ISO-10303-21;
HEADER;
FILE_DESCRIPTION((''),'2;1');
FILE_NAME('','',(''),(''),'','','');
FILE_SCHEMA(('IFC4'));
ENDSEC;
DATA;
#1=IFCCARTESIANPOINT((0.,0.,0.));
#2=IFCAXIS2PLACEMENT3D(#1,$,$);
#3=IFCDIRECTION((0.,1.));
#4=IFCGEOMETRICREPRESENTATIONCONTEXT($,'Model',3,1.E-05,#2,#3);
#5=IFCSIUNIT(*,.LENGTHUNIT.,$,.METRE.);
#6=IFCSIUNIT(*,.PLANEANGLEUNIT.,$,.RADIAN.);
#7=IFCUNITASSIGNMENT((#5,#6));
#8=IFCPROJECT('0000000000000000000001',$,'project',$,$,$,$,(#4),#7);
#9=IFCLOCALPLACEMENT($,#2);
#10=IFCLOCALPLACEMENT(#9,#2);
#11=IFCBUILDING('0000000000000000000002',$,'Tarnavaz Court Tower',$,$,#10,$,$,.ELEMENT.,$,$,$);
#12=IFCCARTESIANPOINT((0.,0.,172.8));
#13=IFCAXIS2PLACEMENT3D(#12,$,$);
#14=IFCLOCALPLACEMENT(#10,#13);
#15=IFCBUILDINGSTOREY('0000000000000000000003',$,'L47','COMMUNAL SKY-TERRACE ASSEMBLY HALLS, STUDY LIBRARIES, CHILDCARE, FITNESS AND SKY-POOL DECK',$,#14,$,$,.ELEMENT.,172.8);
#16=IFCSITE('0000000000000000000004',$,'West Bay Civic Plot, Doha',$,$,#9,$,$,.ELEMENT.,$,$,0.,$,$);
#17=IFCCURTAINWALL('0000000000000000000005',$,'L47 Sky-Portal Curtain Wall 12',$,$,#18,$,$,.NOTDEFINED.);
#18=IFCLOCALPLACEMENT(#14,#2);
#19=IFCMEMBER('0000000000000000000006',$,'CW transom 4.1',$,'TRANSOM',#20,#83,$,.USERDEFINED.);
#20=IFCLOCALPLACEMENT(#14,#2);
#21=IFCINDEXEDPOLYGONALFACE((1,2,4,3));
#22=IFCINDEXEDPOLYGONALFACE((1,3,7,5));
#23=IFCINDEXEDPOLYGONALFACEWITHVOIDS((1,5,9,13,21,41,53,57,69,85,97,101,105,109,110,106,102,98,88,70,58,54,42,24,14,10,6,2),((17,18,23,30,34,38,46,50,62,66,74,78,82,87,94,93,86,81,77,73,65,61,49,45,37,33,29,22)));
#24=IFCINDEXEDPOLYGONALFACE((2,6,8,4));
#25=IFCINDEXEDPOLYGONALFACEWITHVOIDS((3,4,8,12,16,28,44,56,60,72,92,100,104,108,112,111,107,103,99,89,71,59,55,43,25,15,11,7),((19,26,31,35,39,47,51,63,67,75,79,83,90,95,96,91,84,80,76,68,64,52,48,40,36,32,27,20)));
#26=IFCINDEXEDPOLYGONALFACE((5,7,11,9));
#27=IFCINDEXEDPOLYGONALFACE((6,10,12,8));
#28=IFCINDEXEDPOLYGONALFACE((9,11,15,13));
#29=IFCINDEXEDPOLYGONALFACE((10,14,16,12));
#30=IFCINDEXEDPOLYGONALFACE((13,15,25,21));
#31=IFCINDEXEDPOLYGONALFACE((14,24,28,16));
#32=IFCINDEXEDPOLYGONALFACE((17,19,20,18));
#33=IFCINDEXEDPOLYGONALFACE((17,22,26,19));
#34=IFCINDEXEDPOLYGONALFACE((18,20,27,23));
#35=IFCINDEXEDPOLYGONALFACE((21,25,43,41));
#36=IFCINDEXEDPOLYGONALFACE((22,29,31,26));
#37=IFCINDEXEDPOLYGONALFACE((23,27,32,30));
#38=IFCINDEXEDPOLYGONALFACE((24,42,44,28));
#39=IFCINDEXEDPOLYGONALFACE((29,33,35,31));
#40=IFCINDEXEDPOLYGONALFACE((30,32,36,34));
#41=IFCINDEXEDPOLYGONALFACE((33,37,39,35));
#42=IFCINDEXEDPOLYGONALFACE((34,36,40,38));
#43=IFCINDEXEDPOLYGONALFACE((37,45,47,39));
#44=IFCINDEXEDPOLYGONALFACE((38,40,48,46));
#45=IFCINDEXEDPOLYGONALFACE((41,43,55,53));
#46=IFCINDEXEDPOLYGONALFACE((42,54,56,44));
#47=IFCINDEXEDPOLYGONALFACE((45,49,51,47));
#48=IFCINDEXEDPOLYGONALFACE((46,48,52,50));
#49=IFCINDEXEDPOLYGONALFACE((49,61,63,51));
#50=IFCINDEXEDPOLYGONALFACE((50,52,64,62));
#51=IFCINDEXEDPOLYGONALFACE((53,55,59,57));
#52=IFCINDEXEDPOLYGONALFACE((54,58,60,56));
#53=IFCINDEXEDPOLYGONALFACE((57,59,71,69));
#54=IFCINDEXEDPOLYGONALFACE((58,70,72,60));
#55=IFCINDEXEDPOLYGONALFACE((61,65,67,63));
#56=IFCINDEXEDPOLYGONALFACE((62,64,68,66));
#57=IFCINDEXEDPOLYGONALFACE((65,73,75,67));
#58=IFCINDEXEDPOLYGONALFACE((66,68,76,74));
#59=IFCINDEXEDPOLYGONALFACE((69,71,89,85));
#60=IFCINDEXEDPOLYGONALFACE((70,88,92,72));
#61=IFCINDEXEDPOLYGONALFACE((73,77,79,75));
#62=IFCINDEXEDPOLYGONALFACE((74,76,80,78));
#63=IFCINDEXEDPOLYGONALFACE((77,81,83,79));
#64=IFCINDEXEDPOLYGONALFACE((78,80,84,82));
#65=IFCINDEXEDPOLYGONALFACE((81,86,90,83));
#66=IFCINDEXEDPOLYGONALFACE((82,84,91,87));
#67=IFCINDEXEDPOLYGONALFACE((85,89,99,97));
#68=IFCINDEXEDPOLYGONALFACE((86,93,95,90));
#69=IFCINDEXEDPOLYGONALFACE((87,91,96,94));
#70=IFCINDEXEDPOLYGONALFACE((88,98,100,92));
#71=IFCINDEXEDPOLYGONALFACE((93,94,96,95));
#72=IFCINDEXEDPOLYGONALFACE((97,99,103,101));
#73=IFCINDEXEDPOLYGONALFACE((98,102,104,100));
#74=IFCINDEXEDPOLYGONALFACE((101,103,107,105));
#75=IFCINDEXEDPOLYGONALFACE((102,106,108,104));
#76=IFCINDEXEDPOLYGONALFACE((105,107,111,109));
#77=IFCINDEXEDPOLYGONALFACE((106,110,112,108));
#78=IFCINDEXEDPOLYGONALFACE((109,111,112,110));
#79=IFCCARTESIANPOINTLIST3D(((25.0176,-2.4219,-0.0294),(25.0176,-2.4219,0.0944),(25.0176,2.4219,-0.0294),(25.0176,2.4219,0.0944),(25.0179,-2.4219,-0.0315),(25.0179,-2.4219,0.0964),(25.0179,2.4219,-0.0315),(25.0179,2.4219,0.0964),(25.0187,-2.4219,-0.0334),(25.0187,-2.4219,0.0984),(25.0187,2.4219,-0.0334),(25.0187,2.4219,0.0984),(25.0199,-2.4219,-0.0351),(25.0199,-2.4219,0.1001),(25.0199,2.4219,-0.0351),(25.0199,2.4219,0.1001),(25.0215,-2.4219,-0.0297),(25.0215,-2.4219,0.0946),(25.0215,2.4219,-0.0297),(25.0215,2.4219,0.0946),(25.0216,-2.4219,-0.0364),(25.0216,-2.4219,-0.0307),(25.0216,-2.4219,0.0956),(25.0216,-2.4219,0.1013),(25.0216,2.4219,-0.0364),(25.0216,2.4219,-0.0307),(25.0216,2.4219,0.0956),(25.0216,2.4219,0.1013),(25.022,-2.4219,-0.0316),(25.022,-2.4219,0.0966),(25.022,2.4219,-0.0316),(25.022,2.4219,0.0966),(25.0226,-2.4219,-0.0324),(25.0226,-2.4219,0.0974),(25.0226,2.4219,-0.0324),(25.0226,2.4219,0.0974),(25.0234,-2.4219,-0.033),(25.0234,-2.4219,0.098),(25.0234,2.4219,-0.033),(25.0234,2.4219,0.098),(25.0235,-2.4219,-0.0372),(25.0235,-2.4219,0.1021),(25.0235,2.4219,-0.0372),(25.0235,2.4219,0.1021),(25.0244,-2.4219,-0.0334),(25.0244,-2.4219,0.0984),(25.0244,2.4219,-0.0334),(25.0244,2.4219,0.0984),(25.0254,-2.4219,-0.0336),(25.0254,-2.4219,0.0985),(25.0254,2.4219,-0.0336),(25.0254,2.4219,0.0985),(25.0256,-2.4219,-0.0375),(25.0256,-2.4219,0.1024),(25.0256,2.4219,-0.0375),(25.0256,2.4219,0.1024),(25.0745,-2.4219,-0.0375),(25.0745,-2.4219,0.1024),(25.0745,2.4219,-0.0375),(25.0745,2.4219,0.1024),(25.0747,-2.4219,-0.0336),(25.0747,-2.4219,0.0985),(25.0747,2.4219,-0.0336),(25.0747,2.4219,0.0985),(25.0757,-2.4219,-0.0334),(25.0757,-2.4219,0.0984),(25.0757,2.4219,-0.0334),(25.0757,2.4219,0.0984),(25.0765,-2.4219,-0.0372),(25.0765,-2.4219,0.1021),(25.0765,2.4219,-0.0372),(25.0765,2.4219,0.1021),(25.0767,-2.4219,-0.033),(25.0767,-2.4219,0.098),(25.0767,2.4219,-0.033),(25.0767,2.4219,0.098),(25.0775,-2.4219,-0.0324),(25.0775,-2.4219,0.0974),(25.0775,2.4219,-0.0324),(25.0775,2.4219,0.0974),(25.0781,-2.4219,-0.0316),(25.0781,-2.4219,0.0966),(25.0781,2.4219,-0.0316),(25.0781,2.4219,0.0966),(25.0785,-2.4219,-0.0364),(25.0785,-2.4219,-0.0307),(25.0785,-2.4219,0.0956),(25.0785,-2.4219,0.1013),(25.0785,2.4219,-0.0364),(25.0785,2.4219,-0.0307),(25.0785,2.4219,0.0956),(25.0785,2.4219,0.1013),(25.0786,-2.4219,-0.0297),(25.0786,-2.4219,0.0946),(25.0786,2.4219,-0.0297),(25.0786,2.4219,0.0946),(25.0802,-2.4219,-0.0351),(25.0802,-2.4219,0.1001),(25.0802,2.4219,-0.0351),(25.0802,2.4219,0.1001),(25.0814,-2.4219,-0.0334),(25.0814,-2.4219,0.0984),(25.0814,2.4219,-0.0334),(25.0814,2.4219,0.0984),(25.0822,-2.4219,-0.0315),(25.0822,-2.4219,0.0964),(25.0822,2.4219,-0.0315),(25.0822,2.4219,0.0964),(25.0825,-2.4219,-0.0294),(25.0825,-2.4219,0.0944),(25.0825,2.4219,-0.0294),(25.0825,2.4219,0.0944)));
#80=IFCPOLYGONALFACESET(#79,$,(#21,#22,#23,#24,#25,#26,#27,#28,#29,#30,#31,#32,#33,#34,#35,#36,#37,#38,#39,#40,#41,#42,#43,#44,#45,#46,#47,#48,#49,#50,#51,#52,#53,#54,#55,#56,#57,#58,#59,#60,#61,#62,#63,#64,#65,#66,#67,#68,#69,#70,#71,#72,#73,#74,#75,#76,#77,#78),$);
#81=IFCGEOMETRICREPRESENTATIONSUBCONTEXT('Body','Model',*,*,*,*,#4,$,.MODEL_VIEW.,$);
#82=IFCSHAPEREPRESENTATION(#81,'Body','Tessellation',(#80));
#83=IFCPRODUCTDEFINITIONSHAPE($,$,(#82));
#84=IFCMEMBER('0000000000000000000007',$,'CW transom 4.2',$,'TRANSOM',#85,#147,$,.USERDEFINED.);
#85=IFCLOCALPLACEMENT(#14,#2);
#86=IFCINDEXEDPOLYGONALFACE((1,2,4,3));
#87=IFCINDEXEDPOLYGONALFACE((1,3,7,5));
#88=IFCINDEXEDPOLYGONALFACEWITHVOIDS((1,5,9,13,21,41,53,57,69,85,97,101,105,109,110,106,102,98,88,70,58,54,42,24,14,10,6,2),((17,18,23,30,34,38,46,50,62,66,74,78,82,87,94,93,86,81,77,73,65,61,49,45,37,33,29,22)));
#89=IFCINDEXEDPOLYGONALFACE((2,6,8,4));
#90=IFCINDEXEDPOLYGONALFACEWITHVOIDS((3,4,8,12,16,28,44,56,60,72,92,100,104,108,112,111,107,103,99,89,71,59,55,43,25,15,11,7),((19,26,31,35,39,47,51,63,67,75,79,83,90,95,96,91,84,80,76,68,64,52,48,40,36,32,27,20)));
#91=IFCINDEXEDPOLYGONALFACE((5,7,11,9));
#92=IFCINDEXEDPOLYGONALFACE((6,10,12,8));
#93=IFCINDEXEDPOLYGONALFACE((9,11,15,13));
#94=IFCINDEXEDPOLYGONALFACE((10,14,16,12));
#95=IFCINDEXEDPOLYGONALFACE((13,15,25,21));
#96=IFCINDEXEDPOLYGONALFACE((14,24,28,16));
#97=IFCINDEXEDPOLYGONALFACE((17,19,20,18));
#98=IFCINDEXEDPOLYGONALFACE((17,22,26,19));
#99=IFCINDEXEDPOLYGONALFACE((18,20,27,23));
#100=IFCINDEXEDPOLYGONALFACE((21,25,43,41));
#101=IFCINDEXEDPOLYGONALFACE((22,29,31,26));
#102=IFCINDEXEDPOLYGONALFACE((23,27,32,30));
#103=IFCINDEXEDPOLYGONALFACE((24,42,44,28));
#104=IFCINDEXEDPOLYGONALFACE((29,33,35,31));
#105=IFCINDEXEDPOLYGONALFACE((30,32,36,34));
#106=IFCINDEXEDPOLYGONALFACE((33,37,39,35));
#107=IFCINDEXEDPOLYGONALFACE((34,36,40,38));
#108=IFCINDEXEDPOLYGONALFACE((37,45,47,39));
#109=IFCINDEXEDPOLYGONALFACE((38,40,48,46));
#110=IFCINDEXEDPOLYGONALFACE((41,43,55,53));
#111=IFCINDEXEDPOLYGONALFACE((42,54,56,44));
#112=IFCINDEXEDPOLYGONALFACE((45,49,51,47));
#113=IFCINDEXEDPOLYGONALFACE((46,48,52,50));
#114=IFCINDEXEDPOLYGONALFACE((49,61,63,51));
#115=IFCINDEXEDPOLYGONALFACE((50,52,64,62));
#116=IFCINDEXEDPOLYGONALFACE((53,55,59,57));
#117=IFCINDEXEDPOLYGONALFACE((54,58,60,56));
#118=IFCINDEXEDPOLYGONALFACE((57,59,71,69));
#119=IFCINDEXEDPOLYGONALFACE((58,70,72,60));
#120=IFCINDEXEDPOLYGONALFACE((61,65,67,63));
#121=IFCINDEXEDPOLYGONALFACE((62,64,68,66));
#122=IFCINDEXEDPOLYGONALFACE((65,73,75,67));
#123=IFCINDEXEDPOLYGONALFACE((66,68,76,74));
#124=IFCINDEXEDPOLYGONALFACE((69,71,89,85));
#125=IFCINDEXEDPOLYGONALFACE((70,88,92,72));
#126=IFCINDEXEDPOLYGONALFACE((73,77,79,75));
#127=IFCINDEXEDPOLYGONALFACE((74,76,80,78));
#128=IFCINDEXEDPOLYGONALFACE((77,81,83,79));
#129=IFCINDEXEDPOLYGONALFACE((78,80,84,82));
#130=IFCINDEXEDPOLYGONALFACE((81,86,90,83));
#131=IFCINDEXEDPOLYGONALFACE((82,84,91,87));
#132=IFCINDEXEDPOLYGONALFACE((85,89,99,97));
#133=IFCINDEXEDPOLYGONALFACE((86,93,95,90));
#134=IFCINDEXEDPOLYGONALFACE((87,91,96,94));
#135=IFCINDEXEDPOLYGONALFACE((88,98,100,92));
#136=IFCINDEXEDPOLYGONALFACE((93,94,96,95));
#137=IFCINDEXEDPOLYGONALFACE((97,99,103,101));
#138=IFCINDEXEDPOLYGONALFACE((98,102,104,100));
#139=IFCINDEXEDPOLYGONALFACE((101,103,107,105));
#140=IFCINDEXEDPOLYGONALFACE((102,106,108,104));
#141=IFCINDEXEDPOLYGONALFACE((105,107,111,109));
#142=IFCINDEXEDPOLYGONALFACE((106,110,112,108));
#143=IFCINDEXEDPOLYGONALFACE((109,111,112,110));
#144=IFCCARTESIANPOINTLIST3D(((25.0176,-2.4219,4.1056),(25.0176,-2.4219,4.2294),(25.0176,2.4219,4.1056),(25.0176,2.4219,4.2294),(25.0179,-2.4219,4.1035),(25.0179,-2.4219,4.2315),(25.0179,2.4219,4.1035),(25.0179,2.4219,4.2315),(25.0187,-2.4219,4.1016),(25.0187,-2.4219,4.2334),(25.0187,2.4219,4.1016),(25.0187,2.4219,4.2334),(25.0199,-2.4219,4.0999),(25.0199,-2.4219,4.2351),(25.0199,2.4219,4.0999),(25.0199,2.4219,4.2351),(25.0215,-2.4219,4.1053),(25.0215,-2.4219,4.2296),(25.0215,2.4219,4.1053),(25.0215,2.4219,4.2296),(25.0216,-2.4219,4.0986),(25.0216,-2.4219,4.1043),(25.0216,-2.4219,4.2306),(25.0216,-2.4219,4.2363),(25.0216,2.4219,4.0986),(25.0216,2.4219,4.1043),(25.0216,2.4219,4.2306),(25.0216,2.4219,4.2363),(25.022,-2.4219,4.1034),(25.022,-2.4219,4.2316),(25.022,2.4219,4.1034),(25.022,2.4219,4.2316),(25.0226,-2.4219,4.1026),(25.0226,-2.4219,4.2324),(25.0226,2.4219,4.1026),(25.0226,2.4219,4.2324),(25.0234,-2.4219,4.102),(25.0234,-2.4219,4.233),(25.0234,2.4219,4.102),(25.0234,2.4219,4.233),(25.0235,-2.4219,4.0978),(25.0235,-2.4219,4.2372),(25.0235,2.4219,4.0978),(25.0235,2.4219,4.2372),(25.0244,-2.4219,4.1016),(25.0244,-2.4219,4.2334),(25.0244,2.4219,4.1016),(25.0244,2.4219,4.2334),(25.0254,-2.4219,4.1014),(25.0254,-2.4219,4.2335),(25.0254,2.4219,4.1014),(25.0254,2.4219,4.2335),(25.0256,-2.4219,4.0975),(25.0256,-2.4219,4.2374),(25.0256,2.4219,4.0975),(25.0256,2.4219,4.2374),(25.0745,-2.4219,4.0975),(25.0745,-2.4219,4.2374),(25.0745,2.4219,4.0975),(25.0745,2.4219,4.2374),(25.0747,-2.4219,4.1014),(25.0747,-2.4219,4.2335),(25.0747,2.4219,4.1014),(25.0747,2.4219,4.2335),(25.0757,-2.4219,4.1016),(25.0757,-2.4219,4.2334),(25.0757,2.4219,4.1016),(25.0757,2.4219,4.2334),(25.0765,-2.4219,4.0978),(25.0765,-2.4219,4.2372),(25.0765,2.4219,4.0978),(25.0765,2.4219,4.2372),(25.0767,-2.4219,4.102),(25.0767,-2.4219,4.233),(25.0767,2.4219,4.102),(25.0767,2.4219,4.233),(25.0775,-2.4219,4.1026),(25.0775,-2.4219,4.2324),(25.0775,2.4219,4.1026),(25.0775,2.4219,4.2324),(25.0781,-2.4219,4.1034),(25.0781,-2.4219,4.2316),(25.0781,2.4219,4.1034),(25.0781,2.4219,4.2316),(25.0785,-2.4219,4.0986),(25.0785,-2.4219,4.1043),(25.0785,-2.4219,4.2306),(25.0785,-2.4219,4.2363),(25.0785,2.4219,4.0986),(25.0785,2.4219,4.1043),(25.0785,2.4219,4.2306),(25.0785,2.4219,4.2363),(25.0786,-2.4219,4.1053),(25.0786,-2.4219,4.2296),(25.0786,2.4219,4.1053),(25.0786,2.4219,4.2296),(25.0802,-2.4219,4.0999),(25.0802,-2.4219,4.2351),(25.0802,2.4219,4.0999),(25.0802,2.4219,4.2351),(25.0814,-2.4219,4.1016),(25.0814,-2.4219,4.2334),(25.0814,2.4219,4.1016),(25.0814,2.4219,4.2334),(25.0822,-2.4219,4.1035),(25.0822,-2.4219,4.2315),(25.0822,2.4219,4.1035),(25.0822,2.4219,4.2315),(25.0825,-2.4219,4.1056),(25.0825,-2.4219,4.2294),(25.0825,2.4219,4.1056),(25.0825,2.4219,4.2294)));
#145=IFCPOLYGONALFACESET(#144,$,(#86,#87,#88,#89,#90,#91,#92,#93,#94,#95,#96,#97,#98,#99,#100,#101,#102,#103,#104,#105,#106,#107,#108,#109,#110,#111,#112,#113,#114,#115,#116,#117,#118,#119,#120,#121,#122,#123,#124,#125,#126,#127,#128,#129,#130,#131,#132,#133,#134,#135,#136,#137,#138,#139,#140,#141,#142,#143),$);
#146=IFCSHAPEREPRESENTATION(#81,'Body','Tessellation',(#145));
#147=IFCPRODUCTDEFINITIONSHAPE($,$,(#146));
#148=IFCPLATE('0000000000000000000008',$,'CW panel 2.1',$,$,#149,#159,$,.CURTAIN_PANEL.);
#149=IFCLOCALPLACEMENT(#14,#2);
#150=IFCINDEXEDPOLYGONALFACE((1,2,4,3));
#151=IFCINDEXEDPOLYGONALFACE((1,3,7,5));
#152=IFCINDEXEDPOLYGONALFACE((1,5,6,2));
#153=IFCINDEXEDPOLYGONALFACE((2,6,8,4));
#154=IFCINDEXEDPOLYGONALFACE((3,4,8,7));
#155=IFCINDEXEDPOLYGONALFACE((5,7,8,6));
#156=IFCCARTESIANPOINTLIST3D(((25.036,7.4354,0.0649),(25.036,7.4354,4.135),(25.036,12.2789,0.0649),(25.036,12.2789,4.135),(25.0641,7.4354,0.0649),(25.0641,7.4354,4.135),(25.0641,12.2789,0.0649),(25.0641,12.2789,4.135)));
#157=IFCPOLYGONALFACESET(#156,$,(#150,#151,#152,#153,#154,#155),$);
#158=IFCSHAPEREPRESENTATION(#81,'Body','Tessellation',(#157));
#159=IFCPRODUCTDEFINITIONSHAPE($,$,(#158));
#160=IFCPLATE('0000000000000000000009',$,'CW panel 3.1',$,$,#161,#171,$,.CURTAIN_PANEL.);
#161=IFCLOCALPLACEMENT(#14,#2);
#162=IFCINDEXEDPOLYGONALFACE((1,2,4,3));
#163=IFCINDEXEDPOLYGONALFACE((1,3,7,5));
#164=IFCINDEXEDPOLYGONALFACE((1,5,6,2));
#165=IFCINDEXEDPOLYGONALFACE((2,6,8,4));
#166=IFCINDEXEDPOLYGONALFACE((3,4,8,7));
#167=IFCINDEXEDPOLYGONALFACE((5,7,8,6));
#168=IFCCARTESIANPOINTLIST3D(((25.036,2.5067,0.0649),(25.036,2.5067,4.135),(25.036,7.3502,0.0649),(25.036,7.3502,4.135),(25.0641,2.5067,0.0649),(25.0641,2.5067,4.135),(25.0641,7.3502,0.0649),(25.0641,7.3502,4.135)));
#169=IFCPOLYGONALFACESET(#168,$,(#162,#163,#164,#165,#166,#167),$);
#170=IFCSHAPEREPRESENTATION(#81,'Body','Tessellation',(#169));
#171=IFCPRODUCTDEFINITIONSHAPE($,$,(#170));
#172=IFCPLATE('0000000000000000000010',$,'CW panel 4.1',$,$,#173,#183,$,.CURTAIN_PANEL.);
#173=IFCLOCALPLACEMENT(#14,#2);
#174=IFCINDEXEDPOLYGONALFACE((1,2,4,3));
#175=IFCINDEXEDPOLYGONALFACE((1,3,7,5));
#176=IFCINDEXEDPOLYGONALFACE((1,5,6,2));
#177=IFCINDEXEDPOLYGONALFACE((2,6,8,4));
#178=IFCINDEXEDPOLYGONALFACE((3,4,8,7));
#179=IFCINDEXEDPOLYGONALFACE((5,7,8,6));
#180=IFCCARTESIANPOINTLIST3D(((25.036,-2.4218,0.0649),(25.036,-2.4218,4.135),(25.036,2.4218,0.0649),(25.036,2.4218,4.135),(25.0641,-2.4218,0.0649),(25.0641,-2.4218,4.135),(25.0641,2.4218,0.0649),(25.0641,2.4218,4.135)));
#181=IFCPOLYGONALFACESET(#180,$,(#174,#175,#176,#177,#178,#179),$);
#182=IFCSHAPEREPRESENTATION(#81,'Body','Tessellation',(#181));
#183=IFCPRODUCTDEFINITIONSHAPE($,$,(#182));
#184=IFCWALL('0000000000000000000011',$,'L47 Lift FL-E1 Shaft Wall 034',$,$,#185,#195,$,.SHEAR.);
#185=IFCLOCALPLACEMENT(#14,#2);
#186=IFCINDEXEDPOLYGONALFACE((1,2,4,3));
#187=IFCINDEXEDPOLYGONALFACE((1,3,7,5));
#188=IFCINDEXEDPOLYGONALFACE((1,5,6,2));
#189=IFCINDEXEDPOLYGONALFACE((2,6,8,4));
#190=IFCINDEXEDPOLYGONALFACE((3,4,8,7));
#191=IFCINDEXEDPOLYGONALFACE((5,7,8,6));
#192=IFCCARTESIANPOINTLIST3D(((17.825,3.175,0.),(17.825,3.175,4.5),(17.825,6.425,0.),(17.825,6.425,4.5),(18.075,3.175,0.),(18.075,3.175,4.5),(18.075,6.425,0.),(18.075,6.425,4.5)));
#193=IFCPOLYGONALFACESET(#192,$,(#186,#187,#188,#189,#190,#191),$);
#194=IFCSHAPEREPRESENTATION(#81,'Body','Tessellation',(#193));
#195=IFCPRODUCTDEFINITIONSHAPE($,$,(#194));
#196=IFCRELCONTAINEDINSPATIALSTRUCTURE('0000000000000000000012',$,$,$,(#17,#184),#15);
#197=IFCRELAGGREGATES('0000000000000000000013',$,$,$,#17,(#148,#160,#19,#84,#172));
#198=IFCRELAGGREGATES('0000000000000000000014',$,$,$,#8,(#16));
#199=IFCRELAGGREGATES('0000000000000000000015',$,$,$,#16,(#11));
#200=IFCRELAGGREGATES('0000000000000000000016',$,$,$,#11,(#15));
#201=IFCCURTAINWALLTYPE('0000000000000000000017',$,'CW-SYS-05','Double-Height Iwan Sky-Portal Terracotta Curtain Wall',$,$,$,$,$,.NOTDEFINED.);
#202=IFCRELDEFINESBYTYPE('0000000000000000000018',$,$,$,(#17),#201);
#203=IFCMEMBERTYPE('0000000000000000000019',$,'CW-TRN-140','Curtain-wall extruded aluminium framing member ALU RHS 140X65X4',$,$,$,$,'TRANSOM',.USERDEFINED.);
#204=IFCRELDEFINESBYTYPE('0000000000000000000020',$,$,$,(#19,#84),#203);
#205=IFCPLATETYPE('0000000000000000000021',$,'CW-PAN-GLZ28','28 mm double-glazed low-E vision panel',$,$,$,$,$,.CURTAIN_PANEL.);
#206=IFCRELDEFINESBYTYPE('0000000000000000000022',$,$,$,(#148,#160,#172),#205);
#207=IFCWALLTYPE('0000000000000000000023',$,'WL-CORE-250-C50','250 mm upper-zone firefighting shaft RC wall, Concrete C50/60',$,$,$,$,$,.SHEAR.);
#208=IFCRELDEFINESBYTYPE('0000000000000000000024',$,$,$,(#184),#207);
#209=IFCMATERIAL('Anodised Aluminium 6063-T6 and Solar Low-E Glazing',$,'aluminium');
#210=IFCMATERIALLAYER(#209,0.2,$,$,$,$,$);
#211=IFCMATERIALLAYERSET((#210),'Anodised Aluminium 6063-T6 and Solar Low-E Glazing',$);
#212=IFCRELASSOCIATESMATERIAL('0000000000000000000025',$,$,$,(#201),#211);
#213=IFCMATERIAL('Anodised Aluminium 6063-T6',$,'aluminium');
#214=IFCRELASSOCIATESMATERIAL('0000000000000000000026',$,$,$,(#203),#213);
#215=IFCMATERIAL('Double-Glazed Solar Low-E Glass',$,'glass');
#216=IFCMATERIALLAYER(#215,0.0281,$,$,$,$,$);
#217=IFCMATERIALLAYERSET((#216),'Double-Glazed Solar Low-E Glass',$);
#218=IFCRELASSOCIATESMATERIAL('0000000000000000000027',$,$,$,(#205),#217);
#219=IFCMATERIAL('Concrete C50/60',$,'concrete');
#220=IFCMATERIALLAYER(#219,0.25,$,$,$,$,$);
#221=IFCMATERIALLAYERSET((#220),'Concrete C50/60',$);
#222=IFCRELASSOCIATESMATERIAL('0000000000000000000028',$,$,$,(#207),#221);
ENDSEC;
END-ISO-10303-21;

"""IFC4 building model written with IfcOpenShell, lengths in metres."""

from ifc_helpers import new_model, si_unit, direction, frame, frame_2d, origin, origin_2d, place, context, subcontext, project, spatial, rectangle, hollow_rectangle, extrude, material, layer, layer_set, material_profile, profile_set, type_object, element, aggregate, save


model = new_model("IFC4")

# Units and contexts
model_context = context("Model", 3, precision=1e-05, world=origin(), true_north=direction((0.0, 1.0)))
body_context = subcontext(model_context, "Body", "Model", "MODEL_VIEW")
ifc_project = project(units=[si_unit("LENGTHUNIT", "METRE"), si_unit("PLANEANGLEUNIT", "RADIAN")], contexts=[model_context])

# Site, building, storey
site_placement = place(None, origin())
site = spatial("IfcSite", under=ifc_project, at=site_placement, Name="West Bay Civic Plot, Doha", CompositionType="ELEMENT", RefElevation=0.0)
building_placement = place(site_placement, origin())
building = spatial("IfcBuilding", under=site, at=building_placement, Name="Tarnavaz Court Tower", CompositionType="ELEMENT")
storey_placement = place(building_placement, frame((0.0, 0.0, 172.8)))
storey = spatial("IfcBuildingStorey", under=building, at=storey_placement, Name="L47", Description="COMMUNAL SKY-TERRACE ASSEMBLY HALLS, STUDY LIBRARIES, CHILDCARE, FITNESS AND SKY-POOL DECK", CompositionType="ELEMENT", Elevation=172.8)

# Shared definitions
ifc_material_1 = material(Name="Concrete C50/60", Category="concrete")

# Curtain wall, members, plates
ifc_material_2 = material(Name="Anodised Aluminium 6063-T6 and Solar Low-E Glazing", Category="aluminium")
ifc_layer_1 = layer(ifc_material_2, 0.2)
ifc_layer_set_1 = layer_set([ifc_layer_1], Name="Anodised Aluminium 6063-T6 and Solar Low-E Glazing")
curtain_wall_type = type_object("IfcCurtainWallType", Name="CW-SYS-05", Description="Double-Height Iwan Sky-Portal Terracotta Curtain Wall", PredefinedType="NOTDEFINED", material=ifc_layer_set_1)
curtain_wall_placement = place(storey_placement, origin())
curtain_wall = element("IfcCurtainWall", 1, at=curtain_wall_placement, inside=storey, type_object=curtain_wall_type, Name="L47 Sky-Portal Curtain Wall 12", PredefinedType="NOTDEFINED")
ifc_material_3 = material(Name="Anodised Aluminium 6063-T6", Category="aluminium")
ifc_material_profile_1 = material_profile(ifc_material_3, hollow_rectangle(XDim=0.0649, YDim=0.1399, WallThickness=0.0039, InnerFilletRadius=0.0039, OuterFilletRadius=0.0081, at=origin_2d()), Name="ALU RHS 140X65X4")
ifc_profile_set_1 = profile_set([ifc_material_profile_1], Name="Anodised Aluminium 6063-T6")
member_type_1 = type_object("IfcMemberType", Name="CW-TRN-140", Description="Curtain-wall extruded aluminium framing member ALU RHS 140X65X4", ElementType="TRANSOM", PredefinedType="USERDEFINED", material=ifc_profile_set_1)
member_1_placement = place(storey_placement, frame((25.05, 2.4219, 0.0325), z_axis=(0.0, -1.0, 0.0), x_axis=(1.0, 0.0, 0.0)))
member_1 = element("IfcMember", 2, at=member_1_placement, type_object=member_type_1, Name="CW transom 4.1", ObjectType="TRANSOM", PredefinedType="USERDEFINED", context=body_context, shape_type="SweptSolid", body=[
    extrude(hollow_rectangle(XDim=0.0649, YDim=0.1399, WallThickness=0.0039, InnerFilletRadius=0.0039, OuterFilletRadius=0.0081, at=origin_2d()), origin(), (0.0, 0.0, 1.0), 4.8438),
])
member_2_placement = place(storey_placement, frame((25.05, 2.4219, 4.1675), z_axis=(0.0, -1.0, 0.0), x_axis=(1.0, 0.0, 0.0)))
member_2 = element("IfcMember", 3, at=member_2_placement, type_object=member_type_1, Name="CW transom 4.2", ObjectType="TRANSOM", PredefinedType="USERDEFINED", context=body_context, shape_type="SweptSolid", body=[
    extrude(hollow_rectangle(XDim=0.0649, YDim=0.1399, WallThickness=0.0039, InnerFilletRadius=0.0039, OuterFilletRadius=0.0081, at=origin_2d()), origin(), (0.0, 0.0, 1.0), 4.8438),
])
ifc_material_4 = material(Name="Double-Glazed Solar Low-E Glass", Category="glass")
ifc_layer_2 = layer(ifc_material_4, 0.0281)
ifc_layer_set_2 = layer_set([ifc_layer_2], Name="Double-Glazed Solar Low-E Glass")
plate_type = type_object("IfcPlateType", Name="CW-PAN-GLZ28", Description="28 mm double-glazed low-E vision panel", PredefinedType="CURTAIN_PANEL", material=ifc_layer_set_2)
plate_1_placement = place(storey_placement, frame((25.05, 9.8572, 0.0649), z_axis=(0.0, 0.0, 1.0), x_axis=(0.0, -1.0, 0.0)))
plate_1 = element("IfcPlate", 4, at=plate_1_placement, type_object=plate_type, Name="CW panel 2.1", PredefinedType="CURTAIN_PANEL", context=body_context, shape_type="SweptSolid", body=[
    extrude(rectangle(XDim=4.8435, YDim=0.0281, at=origin_2d()), origin(), (0.0, 0.0, 1.0), 4.0701),
])
plate_2_placement = place(storey_placement, frame((25.05, 4.9285, 0.0649), z_axis=(0.0, 0.0, 1.0), x_axis=(0.0, -1.0, 0.0)))
plate_2 = element("IfcPlate", 5, at=plate_2_placement, type_object=plate_type, Name="CW panel 3.1", PredefinedType="CURTAIN_PANEL", context=body_context, shape_type="SweptSolid", body=[
    extrude(rectangle(XDim=4.8435, YDim=0.0281, at=origin_2d()), origin(), (0.0, 0.0, 1.0), 4.0701),
])
plate_3_placement = place(storey_placement, frame((25.05, 0.0, 0.0649), z_axis=(0.0, 0.0, 1.0), x_axis=(0.0, -1.0, 0.0)))
plate_3 = element("IfcPlate", 6, at=plate_3_placement, type_object=plate_type, Name="CW panel 4.1", PredefinedType="CURTAIN_PANEL", context=body_context, shape_type="SweptSolid", body=[
    extrude(rectangle(XDim=4.8435, YDim=0.0281, at=origin_2d()), origin(), (0.0, 0.0, 1.0), 4.0701),
])
aggregate(curtain_wall, [plate_1, plate_2, member_1, member_2, plate_3])

# Shared definitions
ifc_layer_3 = layer(ifc_material_1, 0.25)
ifc_layer_set_3 = layer_set([ifc_layer_3], Name="Concrete C50/60")
wall_type_1 = type_object("IfcWallType", Name="WL-CORE-250-C50", Description="250 mm upper-zone firefighting shaft RC wall, Concrete C50/60", PredefinedType="SHEAR", material=ifc_layer_set_3)

# Wall
wall_1_placement = place(storey_placement, frame((17.95, 3.175, 0.0), z_axis=(0.0, 0.0, 1.0), x_axis=(0.0, 1.0, 0.0)))
element("IfcWall", 7, at=wall_1_placement, inside=storey, type_object=wall_type_1, Name="L47 Lift FL-E1 Shaft Wall 034", PredefinedType="SHEAR", context=body_context, shape_type="SweptSolid", body=[
    extrude(rectangle(XDim=3.25, YDim=0.25, at=frame_2d((1.625, 0.0))), origin(), (0.0, 0.0, 1.0), 4.5),
])

save(model, "model.ifc")
